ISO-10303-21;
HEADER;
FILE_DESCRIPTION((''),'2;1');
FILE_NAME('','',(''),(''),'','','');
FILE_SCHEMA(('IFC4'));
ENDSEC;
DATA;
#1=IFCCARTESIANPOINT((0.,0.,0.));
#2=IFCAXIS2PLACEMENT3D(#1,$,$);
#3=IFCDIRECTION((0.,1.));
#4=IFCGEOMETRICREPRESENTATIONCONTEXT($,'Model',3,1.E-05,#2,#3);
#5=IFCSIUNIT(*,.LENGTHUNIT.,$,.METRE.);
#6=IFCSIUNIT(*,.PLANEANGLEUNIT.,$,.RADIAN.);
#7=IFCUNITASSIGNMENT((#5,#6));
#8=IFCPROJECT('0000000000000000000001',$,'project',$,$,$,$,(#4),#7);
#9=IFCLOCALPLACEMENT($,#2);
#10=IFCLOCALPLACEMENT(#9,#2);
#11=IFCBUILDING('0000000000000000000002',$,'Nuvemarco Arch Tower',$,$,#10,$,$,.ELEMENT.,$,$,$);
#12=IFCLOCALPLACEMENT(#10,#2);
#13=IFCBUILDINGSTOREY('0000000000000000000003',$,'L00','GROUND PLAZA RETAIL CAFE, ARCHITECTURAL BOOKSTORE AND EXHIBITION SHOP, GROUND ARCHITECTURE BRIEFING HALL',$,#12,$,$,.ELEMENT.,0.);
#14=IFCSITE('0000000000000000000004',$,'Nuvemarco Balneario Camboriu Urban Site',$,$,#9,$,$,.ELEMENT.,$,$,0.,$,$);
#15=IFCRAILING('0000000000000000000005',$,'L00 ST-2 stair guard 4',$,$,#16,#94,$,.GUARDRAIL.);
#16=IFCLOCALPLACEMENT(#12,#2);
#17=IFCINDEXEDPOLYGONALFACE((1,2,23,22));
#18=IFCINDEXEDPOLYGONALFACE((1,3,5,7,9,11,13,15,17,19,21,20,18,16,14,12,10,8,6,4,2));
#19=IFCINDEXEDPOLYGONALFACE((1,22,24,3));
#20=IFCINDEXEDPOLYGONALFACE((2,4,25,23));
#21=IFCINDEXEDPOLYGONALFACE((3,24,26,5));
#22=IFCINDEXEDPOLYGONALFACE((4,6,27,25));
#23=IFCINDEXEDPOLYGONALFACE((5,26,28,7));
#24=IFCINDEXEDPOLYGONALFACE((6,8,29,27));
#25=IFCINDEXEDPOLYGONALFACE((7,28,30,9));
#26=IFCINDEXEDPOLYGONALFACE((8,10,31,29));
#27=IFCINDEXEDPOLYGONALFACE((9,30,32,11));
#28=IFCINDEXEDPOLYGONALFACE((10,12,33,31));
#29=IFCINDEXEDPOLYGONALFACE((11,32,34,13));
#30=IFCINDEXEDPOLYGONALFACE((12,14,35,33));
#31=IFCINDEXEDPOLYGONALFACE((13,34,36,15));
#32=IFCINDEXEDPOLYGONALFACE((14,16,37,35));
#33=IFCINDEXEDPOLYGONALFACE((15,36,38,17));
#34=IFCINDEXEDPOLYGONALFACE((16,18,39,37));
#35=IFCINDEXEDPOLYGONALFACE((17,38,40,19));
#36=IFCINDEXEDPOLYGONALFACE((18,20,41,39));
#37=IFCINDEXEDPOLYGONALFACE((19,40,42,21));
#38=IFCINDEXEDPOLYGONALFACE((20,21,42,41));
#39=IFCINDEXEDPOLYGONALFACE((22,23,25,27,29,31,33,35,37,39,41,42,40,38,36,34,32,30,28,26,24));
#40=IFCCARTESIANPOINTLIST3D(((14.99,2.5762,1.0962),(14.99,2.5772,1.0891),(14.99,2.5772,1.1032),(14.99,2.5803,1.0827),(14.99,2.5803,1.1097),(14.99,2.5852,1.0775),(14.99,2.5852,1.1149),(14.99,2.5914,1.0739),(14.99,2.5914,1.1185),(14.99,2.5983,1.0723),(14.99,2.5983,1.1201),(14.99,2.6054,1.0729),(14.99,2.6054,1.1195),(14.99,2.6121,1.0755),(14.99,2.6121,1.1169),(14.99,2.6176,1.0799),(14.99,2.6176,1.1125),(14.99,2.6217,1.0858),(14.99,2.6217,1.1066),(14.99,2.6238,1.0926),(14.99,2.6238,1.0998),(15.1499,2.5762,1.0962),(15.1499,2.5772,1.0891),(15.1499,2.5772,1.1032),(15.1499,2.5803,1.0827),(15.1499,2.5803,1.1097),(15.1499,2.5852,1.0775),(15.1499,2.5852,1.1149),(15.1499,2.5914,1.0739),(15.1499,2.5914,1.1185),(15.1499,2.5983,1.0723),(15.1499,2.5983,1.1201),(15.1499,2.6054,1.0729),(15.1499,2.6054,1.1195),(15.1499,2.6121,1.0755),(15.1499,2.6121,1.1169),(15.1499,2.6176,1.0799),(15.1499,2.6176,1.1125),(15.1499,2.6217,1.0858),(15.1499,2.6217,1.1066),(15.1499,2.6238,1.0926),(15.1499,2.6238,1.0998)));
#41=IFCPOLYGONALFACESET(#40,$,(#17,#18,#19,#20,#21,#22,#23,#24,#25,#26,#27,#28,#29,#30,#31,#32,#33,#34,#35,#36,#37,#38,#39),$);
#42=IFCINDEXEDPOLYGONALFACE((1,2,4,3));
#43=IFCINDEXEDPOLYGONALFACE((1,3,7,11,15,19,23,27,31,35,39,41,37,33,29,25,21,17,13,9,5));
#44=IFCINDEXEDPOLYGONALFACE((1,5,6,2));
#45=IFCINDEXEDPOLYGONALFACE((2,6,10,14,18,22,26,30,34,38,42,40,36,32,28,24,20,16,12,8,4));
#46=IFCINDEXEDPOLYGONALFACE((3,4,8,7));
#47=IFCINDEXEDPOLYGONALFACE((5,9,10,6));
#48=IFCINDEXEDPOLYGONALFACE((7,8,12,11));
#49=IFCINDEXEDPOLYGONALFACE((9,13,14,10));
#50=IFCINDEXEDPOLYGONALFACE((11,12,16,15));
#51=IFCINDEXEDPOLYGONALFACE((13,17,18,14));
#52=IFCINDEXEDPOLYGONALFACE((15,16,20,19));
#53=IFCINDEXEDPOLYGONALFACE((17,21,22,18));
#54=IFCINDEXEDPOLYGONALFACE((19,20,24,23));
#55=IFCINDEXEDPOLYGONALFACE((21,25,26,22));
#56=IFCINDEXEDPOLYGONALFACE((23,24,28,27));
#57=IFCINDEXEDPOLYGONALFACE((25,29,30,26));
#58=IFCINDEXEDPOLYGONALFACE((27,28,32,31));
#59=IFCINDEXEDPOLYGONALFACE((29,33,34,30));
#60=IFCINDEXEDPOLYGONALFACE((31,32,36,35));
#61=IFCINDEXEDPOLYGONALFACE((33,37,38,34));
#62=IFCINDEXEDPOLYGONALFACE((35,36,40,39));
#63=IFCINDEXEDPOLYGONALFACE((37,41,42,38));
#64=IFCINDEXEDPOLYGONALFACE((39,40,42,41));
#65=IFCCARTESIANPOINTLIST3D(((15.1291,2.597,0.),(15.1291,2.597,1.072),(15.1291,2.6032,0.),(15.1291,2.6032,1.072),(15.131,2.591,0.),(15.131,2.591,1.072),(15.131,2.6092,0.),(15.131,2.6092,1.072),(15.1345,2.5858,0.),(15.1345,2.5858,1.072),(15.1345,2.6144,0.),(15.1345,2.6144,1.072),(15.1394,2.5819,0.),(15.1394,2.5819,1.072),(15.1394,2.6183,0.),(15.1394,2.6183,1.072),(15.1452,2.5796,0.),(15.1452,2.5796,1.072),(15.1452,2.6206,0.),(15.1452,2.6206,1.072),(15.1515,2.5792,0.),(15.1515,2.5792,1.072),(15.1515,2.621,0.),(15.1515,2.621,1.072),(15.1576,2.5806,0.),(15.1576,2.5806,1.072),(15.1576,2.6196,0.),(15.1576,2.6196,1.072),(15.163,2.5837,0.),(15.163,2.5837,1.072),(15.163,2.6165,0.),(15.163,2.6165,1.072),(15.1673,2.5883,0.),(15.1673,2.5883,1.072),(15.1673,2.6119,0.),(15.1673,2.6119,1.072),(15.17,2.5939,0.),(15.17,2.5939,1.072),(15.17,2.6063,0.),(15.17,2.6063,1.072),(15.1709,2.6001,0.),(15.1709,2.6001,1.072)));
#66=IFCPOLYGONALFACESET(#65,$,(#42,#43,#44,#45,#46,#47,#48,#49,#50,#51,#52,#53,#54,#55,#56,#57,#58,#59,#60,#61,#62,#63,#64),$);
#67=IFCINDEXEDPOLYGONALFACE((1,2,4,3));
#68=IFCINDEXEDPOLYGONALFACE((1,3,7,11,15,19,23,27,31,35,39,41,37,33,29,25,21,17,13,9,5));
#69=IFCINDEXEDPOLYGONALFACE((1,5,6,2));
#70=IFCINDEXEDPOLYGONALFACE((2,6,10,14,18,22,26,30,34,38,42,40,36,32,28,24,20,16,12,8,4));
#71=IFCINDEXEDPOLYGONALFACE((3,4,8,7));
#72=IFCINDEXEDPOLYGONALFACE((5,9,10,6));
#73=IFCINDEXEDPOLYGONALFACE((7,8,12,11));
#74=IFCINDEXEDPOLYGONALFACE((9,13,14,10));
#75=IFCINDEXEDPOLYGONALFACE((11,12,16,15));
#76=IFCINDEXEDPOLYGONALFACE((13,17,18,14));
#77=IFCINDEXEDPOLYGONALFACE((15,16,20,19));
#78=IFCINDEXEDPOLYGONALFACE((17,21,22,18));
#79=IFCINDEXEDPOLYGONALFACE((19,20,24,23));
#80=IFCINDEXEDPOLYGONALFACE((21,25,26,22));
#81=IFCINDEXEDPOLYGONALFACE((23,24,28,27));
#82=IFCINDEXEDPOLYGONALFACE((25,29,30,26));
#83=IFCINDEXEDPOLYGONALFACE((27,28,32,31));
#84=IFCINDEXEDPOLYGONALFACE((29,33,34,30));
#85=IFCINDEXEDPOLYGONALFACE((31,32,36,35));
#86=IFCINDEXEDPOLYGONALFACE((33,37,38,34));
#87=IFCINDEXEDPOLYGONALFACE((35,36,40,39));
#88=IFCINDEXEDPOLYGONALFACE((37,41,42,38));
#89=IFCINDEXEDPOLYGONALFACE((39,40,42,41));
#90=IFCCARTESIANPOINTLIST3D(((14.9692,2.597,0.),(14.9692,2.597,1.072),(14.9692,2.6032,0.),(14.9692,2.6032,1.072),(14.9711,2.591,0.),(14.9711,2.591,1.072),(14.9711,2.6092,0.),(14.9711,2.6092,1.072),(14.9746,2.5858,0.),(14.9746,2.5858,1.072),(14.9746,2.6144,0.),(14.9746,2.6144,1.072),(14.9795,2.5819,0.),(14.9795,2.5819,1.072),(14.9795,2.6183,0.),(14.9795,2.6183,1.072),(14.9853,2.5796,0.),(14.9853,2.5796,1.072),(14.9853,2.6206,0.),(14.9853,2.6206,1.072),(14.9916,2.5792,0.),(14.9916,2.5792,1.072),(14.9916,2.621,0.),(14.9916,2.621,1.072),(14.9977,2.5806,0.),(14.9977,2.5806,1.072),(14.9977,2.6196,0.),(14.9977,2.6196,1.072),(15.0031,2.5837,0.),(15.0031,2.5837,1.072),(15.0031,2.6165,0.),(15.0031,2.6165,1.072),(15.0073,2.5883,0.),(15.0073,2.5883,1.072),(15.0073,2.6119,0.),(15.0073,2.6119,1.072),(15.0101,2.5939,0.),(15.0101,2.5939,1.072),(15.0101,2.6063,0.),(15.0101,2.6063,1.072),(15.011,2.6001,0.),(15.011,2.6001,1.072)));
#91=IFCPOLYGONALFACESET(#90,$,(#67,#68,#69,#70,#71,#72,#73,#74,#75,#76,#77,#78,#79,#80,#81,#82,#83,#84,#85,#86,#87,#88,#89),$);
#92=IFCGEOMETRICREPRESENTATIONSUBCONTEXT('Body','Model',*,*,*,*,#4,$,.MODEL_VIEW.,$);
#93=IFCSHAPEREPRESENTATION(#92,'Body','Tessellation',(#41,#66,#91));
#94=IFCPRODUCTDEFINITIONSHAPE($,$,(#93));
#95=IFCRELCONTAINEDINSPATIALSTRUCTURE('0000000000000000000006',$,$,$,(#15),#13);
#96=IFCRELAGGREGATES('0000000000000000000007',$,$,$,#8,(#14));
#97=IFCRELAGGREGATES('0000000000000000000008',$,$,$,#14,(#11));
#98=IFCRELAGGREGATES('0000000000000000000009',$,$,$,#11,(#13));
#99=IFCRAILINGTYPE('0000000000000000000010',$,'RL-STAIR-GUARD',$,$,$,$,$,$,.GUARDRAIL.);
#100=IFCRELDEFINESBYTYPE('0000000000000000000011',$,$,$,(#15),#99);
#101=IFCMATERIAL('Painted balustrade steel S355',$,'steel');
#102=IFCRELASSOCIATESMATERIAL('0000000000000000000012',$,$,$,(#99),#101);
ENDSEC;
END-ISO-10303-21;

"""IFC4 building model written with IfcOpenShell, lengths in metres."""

from ifc_helpers import new_model, si_unit, direction, frame, origin, origin_2d, place, context, subcontext, project, spatial, circle, extrude, material, type_object, element, save


model = new_model("IFC4")

# Units and contexts
model_context = context("Model", 3, precision=1e-05, world=origin(), true_north=direction((0.0, 1.0)))
body_context = subcontext(model_context, "Body", "Model", "MODEL_VIEW")
ifc_project = project(units=[si_unit("LENGTHUNIT", "METRE"), si_unit("PLANEANGLEUNIT", "RADIAN")], contexts=[model_context])

# Site, building, storey
site_placement = place(None, origin())
site = spatial("IfcSite", under=ifc_project, at=site_placement, Name="Nuvemarco Balneario Camboriu Urban Site", CompositionType="ELEMENT", RefElevation=0.0)
building_placement = place(site_placement, origin())
building = spatial("IfcBuilding", under=site, at=building_placement, Name="Nuvemarco Arch Tower", CompositionType="ELEMENT")
storey_placement = place(building_placement, origin())
storey = spatial("IfcBuildingStorey", under=building, at=storey_placement, Name="L00", Description="GROUND PLAZA RETAIL CAFE, ARCHITECTURAL BOOKSTORE AND EXHIBITION SHOP, GROUND ARCHITECTURE BRIEFING HALL", CompositionType="ELEMENT", Elevation=0.0)

# Railing
ifc_material_1 = material(Name="Painted balustrade steel S355", Category="steel")
railing_type_1 = type_object("IfcRailingType", Name="RL-STAIR-GUARD", PredefinedType="GUARDRAIL", material=ifc_material_1)
railing_1_placement = place(storey_placement, frame((15.1499, 2.6001, 0.0)))
element("IfcRailing", 1, at=railing_1_placement, inside=storey, type_object=railing_type_1, Name="L00 ST-2 stair guard 4", PredefinedType="GUARDRAIL", context=body_context, shape_type="SweptSolid", body=[
    extrude(circle(Radius=0.0239, at=origin_2d()), frame((0.0, 0.0, 1.0962), z_axis=(-1.0, 0.0, 0.0), x_axis=(0.0, -1.0, 0.0)), (0.0, 0.0, 1.0), 0.1599),
    extrude(circle(Radius=0.021, at=origin_2d()), origin(), (0.0, 0.0, 1.0), 1.072),
    extrude(circle(Radius=0.021, at=origin_2d()), frame((-0.1599, 0.0, 0.0)), (0.0, 0.0, 1.0), 1.072),
])

save(model, "model.ifc")
